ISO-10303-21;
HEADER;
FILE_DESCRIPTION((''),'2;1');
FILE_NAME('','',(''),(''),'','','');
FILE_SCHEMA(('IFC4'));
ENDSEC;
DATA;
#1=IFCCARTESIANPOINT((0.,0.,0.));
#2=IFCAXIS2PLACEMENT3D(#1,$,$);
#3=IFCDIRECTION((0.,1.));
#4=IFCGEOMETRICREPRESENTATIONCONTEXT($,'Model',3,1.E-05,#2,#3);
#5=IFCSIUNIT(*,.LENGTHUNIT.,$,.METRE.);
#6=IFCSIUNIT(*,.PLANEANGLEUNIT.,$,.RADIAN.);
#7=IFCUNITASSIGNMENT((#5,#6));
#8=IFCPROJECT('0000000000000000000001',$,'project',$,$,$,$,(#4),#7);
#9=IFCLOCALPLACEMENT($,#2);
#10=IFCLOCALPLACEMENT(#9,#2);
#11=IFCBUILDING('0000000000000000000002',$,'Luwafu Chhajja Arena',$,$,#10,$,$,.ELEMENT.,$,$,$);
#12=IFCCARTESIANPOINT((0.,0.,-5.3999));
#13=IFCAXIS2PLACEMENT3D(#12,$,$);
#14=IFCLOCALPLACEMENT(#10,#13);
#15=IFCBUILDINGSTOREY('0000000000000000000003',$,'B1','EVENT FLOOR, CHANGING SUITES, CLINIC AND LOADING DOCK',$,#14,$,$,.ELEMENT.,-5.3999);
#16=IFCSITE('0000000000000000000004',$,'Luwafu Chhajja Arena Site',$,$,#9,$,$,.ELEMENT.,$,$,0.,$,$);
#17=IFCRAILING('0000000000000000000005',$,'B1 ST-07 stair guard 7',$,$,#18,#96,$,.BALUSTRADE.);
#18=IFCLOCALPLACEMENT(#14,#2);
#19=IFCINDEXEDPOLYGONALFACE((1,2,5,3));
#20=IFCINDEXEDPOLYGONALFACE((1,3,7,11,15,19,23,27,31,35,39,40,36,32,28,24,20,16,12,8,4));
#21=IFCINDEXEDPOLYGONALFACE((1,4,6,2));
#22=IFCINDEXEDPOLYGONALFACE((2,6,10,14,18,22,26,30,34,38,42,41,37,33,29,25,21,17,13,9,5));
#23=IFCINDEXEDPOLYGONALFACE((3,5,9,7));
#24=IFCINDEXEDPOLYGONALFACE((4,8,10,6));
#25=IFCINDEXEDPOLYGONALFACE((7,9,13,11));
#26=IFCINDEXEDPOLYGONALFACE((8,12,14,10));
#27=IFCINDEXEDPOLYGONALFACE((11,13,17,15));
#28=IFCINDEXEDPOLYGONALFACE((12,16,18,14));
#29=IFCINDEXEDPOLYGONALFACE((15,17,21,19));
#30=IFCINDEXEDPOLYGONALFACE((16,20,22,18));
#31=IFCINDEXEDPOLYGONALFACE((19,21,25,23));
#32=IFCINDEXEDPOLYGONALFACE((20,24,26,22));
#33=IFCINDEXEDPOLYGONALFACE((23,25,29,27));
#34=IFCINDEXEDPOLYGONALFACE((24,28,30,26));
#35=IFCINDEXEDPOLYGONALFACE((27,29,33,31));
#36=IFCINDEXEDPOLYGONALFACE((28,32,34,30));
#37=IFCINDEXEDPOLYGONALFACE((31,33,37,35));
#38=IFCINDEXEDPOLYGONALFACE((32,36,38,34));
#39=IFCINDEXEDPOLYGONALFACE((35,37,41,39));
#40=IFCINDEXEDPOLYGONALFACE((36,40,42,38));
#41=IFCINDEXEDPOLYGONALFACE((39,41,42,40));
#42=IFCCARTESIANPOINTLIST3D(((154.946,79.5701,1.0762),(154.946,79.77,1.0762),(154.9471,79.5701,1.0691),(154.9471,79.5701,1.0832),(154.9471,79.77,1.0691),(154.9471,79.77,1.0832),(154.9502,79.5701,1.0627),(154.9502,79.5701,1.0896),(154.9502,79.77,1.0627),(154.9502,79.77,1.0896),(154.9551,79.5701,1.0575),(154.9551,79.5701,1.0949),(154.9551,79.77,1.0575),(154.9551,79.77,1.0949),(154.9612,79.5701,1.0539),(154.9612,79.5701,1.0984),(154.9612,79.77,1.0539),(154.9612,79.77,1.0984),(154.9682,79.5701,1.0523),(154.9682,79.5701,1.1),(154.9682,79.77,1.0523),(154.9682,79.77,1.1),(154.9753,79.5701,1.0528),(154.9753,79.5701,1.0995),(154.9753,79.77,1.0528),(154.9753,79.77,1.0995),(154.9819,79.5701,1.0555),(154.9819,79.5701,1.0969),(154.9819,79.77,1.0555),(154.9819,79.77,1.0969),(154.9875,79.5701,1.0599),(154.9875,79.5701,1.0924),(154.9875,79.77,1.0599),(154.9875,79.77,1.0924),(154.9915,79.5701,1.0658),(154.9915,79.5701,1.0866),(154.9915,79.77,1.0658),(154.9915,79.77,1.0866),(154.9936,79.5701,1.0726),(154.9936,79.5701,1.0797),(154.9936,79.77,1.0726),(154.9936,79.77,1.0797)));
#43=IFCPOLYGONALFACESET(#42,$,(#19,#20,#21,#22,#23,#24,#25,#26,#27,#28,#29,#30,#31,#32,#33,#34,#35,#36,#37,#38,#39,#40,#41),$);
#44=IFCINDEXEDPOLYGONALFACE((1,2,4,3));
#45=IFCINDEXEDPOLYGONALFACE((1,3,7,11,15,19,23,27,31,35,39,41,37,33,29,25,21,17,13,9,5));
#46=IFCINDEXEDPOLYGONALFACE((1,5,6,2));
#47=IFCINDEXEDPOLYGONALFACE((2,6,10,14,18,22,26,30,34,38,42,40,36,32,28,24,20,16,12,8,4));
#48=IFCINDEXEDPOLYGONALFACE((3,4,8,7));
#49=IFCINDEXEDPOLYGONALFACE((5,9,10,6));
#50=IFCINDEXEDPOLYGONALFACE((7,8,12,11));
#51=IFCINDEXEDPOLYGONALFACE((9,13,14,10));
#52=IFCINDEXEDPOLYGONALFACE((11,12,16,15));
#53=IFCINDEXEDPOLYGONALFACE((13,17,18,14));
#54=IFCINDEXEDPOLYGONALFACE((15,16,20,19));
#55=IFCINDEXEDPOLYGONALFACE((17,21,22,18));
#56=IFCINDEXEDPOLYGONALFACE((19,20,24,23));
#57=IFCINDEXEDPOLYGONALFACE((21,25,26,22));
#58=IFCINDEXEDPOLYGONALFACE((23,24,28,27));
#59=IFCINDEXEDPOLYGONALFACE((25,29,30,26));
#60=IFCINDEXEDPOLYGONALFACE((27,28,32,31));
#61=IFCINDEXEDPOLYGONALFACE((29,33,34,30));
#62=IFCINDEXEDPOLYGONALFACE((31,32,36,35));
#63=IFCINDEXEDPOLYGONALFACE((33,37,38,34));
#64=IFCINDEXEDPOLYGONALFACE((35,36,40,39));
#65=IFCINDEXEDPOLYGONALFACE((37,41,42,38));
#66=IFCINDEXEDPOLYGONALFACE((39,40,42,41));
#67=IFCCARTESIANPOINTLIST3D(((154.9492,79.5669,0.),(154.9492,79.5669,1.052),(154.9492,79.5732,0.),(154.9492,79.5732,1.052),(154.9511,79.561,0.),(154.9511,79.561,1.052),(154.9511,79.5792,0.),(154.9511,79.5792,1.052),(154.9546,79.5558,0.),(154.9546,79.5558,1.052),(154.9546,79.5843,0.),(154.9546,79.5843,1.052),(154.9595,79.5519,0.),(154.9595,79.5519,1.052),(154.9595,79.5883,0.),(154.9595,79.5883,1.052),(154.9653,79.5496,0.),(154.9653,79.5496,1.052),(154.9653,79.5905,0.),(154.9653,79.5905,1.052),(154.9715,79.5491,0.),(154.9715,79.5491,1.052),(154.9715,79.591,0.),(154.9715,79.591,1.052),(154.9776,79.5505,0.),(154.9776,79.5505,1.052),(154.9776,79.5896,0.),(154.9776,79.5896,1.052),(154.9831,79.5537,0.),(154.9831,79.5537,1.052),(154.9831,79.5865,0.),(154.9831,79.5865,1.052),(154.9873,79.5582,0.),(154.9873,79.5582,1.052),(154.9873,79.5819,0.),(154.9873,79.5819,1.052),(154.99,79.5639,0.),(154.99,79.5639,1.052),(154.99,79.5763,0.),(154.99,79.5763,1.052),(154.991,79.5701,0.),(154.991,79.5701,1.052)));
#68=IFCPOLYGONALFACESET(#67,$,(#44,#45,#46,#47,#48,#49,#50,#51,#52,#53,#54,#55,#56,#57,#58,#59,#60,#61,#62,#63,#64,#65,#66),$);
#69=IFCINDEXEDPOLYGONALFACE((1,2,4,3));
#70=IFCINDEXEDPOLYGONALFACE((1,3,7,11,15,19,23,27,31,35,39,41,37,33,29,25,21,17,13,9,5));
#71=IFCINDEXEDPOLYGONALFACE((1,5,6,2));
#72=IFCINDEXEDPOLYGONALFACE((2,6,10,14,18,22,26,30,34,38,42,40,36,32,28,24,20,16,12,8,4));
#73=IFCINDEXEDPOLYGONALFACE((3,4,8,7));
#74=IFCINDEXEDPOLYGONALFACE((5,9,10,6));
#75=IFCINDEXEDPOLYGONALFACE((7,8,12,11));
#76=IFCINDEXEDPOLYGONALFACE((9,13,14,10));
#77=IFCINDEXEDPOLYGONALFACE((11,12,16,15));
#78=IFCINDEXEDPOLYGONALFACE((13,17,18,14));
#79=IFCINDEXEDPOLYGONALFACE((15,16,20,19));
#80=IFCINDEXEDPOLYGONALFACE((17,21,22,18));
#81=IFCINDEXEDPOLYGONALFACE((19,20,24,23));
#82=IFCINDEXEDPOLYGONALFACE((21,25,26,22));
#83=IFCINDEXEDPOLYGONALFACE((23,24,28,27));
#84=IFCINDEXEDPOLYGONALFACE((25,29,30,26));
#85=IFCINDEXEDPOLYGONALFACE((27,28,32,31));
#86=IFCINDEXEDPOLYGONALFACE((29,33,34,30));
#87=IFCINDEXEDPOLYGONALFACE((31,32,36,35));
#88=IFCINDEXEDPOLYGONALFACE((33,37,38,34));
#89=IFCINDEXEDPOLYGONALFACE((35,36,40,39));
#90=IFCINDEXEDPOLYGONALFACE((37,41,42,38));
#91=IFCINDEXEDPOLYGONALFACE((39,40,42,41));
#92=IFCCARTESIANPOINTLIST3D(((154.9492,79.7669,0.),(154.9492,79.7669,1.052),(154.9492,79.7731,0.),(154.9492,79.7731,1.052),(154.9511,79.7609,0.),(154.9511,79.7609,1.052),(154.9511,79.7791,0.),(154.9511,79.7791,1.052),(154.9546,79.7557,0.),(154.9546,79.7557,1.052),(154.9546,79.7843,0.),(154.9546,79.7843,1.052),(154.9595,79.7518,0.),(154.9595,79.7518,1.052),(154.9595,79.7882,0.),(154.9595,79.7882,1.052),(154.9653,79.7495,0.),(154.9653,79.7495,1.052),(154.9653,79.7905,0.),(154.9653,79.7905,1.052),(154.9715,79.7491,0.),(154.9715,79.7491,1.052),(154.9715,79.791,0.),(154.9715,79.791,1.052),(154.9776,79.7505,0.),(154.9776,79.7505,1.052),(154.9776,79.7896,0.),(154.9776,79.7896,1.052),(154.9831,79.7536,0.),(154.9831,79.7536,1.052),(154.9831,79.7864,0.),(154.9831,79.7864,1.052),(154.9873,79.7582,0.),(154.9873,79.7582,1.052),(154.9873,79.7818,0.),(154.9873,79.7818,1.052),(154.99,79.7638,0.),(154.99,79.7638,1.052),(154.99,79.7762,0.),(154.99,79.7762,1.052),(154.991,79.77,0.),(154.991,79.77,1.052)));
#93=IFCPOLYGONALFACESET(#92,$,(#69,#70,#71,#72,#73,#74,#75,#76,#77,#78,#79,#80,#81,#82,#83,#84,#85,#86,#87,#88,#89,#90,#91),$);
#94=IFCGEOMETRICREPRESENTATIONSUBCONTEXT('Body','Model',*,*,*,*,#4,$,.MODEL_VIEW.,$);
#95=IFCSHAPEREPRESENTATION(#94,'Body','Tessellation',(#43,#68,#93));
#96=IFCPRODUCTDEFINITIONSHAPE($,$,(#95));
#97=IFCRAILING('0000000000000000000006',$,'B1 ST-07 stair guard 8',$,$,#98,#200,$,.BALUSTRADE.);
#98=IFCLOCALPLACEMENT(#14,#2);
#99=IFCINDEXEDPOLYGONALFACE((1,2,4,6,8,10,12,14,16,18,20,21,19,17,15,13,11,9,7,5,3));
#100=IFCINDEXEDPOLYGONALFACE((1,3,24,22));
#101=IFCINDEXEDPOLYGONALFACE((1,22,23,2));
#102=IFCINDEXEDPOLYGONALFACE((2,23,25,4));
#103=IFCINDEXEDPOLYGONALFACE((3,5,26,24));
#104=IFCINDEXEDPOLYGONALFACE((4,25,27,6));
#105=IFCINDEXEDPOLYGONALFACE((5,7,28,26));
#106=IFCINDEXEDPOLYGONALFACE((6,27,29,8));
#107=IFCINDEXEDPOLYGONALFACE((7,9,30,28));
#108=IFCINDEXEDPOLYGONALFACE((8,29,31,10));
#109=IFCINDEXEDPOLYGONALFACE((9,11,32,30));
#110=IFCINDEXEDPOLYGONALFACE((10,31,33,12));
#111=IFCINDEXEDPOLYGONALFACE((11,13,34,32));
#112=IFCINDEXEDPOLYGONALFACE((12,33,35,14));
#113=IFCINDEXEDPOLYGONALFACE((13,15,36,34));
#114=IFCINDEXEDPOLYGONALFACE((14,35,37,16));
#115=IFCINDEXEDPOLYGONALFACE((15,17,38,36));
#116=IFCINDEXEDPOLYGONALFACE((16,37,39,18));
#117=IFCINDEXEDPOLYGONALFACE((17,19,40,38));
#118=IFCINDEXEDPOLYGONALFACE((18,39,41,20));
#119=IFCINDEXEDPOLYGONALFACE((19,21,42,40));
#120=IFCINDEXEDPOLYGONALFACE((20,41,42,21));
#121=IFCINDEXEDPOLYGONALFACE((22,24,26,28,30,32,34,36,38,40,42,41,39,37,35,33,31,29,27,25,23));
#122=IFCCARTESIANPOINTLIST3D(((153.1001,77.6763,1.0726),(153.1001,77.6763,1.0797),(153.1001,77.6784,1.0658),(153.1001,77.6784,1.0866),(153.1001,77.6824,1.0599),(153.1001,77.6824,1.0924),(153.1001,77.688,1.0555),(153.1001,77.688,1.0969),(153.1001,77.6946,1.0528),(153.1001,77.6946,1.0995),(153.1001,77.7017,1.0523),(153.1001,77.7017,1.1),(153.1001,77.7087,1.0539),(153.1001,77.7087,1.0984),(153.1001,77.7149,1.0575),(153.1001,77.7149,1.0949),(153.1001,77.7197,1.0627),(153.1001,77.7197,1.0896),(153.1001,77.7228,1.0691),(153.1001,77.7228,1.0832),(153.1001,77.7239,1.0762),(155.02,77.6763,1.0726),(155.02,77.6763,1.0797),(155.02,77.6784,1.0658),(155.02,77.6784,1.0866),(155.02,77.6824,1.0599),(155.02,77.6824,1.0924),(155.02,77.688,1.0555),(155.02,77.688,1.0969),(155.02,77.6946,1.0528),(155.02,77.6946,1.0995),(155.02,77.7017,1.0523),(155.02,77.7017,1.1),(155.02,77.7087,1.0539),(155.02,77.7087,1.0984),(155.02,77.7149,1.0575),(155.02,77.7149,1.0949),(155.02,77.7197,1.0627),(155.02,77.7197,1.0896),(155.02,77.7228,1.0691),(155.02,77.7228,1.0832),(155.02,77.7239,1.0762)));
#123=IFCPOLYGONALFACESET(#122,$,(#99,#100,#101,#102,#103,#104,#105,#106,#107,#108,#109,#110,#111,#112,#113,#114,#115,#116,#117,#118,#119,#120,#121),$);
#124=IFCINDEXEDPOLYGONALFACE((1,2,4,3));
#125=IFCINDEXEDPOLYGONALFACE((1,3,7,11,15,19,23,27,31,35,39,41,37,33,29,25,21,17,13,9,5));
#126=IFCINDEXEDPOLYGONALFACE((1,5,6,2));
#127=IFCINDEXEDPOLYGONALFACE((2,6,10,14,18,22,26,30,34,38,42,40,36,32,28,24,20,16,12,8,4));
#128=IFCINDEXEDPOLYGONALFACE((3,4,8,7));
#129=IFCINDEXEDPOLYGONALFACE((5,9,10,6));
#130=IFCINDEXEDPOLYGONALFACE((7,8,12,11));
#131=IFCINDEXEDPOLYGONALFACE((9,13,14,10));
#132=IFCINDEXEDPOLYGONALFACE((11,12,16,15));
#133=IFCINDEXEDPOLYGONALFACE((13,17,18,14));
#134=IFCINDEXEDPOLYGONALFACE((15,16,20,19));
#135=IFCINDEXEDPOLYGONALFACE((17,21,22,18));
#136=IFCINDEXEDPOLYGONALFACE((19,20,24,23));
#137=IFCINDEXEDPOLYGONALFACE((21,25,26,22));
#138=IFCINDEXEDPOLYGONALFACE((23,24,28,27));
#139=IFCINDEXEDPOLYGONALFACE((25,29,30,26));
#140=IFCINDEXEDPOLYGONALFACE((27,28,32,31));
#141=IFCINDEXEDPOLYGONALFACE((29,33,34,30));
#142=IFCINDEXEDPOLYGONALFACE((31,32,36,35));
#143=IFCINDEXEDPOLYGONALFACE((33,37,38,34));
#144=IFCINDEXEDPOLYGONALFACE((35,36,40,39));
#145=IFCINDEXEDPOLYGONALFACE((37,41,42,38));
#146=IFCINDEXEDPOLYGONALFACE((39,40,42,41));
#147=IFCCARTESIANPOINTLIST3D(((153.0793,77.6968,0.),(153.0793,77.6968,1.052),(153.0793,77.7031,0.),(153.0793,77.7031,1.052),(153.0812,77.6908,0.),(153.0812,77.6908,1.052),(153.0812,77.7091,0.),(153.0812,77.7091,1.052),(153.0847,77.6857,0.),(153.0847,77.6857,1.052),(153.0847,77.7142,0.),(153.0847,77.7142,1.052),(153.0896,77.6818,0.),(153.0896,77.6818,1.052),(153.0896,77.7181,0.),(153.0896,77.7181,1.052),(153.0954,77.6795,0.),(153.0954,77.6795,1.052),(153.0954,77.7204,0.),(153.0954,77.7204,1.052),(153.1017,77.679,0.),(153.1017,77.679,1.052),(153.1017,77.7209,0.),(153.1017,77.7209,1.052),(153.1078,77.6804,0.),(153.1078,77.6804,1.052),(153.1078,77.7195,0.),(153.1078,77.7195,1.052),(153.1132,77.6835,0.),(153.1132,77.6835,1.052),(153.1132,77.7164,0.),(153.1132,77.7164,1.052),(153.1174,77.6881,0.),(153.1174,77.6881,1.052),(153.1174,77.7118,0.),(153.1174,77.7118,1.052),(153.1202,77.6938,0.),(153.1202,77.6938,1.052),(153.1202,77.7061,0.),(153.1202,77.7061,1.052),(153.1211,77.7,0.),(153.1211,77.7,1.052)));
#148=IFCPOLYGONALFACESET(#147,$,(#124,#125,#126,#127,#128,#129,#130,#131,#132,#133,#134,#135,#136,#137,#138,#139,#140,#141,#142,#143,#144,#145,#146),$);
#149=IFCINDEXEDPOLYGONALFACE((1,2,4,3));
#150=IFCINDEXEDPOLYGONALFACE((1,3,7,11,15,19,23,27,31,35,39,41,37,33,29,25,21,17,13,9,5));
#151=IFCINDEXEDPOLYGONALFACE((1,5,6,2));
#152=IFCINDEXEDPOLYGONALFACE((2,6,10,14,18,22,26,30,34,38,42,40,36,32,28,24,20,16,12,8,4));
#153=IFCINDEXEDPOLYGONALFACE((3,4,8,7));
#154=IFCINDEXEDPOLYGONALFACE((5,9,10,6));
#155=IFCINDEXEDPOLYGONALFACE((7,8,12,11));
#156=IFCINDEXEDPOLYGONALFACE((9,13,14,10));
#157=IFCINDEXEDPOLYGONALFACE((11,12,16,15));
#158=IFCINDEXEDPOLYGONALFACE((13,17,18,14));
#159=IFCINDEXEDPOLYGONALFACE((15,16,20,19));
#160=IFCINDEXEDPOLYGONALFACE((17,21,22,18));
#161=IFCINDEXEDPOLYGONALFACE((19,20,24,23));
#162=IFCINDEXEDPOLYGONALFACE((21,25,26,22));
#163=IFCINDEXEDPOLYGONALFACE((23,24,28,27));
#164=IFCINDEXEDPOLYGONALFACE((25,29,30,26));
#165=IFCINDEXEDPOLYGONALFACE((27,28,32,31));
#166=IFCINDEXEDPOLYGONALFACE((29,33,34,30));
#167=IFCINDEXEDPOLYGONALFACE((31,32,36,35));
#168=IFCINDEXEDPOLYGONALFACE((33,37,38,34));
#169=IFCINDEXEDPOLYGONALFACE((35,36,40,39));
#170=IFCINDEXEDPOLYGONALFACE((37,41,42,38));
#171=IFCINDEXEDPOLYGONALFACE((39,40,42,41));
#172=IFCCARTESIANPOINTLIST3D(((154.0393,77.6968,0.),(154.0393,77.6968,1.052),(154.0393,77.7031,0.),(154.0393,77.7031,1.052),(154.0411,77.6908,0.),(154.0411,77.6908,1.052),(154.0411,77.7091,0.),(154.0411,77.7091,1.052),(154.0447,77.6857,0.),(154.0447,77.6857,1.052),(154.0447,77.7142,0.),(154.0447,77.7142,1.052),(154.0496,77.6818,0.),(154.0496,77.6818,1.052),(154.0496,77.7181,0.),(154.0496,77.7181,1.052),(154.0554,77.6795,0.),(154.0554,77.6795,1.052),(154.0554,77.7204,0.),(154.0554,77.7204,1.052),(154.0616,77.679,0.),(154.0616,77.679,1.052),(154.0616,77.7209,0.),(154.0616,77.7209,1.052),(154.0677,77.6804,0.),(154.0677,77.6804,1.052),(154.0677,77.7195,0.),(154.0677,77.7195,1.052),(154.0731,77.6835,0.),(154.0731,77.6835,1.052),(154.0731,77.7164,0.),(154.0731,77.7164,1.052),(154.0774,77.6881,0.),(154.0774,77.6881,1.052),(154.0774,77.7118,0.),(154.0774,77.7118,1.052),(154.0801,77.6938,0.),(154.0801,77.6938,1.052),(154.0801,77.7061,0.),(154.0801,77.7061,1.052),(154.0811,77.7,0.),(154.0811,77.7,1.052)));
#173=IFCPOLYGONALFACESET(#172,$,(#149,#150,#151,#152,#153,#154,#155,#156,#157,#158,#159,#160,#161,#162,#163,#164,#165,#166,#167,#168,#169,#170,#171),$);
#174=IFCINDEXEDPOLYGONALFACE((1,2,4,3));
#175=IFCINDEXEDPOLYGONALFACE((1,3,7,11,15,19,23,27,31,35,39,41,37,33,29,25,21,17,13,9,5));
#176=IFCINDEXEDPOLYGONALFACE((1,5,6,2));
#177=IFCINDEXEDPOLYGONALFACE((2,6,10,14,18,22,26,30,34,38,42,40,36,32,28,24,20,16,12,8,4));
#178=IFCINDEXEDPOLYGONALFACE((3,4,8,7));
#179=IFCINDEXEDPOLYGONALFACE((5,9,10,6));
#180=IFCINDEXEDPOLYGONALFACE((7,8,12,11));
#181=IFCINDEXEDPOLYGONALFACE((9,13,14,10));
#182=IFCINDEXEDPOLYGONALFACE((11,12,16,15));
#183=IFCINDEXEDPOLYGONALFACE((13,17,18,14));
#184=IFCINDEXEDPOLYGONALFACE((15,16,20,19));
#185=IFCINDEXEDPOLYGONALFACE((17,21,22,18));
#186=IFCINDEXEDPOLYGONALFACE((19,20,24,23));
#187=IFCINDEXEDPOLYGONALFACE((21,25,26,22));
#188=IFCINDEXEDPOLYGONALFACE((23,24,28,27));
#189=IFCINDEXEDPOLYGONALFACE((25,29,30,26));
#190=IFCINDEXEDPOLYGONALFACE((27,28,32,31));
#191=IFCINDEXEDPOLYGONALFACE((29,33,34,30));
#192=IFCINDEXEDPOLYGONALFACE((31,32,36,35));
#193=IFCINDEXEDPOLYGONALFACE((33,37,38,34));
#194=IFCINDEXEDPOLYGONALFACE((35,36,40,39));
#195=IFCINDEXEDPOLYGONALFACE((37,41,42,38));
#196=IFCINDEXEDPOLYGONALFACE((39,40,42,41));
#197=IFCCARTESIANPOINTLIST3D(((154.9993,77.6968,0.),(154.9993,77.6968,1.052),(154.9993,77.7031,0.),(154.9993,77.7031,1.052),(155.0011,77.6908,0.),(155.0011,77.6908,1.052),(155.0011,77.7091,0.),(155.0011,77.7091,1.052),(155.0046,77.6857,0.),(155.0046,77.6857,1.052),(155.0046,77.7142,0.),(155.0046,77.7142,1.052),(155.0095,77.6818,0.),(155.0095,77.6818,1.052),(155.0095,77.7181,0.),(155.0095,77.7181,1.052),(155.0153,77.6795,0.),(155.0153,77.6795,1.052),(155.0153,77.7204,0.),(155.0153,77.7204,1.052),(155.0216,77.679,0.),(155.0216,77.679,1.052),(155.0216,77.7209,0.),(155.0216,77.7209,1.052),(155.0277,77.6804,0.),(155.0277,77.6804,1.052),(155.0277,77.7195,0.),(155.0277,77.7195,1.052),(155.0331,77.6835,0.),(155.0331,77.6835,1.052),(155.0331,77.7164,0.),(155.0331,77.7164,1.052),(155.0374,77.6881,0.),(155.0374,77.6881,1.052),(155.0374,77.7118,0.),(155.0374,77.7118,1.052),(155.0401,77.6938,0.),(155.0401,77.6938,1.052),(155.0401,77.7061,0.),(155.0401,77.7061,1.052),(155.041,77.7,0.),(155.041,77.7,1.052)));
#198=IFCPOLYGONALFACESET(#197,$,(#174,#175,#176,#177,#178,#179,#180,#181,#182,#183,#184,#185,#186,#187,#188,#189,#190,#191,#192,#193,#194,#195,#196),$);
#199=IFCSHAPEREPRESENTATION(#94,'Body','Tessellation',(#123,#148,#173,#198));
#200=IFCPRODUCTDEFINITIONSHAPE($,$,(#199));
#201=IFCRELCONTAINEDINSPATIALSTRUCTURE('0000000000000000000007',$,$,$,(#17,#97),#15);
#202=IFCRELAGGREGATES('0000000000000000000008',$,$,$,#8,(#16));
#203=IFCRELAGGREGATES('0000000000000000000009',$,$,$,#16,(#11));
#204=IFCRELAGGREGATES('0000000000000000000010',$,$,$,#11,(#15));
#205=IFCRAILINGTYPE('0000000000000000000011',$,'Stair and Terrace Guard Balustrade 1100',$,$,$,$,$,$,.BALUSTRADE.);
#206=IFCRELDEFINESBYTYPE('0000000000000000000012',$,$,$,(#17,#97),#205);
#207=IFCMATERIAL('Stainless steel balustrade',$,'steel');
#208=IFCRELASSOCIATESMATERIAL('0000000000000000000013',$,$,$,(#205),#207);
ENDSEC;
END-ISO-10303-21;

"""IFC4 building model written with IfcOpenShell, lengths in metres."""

from ifc_helpers import new_model, si_unit, direction, frame, origin, origin_2d, place, context, subcontext, project, spatial, circle, extrude, material, type_object, element, save


model = new_model("IFC4")

# Units and contexts
model_context = context("Model", 3, precision=1e-05, world=origin(), true_north=direction((0.0, 1.0)))
body_context = subcontext(model_context, "Body", "Model", "MODEL_VIEW")
ifc_project = project(units=[si_unit("LENGTHUNIT", "METRE"), si_unit("PLANEANGLEUNIT", "RADIAN")], contexts=[model_context])

# Site, building, storey
site_placement = place(None, origin())
site = spatial("IfcSite", under=ifc_project, at=site_placement, Name="Luwafu Chhajja Arena Site", CompositionType="ELEMENT", RefElevation=0.0)
building_placement = place(site_placement, origin())
building = spatial("IfcBuilding", under=site, at=building_placement, Name="Luwafu Chhajja Arena", CompositionType="ELEMENT")
storey_placement = place(building_placement, frame((0.0, 0.0, -5.3999)))
storey = spatial("IfcBuildingStorey", under=building, at=storey_placement, Name="B1", Description="EVENT FLOOR, CHANGING SUITES, CLINIC AND LOADING DOCK", CompositionType="ELEMENT", Elevation=-5.3999)

# Railings
ifc_material_1 = material(Name="Stainless steel balustrade", Category="steel")
railing_type_1 = type_object("IfcRailingType", Name="Stair and Terrace Guard Balustrade 1100", PredefinedType="BALUSTRADE", material=ifc_material_1)
railing_1_placement = place(storey_placement, frame((154.97, 79.5701, 0.0)))
element("IfcRailing", 1, at=railing_1_placement, inside=storey, type_object=railing_type_1, Name="B1 ST-07 stair guard 7", PredefinedType="BALUSTRADE", context=body_context, shape_type="SweptSolid", body=[
    extrude(circle(Radius=0.0239, at=origin_2d()), frame((0.0, 0.0, 1.0762), z_axis=(0.0, 1.0, 0.0), x_axis=(-1.0, 0.0, 0.0)), (0.0, 0.0, 1.0), 0.2),
    extrude(circle(Radius=0.021, at=origin_2d()), origin(), (0.0, 0.0, 1.0), 1.052),
    extrude(circle(Radius=0.021, at=origin_2d()), frame((0.0, 0.2, 0.0)), (0.0, 0.0, 1.0), 1.052),
])
for number, where, name in (
    (2, (153.1001, 77.7, 0.0), "B1 ST-07 stair guard 8"),
):
    element("IfcRailing", number, at=place(storey_placement, frame(where)), inside=storey, type_object=railing_type_1, Name=name, PredefinedType="BALUSTRADE", context=body_context, shape_type="SweptSolid", body=[
        extrude(circle(Radius=0.0239, at=origin_2d()), frame((0.0, 0.0, 1.0762), z_axis=(1.0, 0.0, 0.0), x_axis=(0.0, 1.0, 0.0)), (0.0, 0.0, 1.0), 1.9199),
        extrude(circle(Radius=0.021, at=origin_2d()), origin(), (0.0, 0.0, 1.0), 1.052),
        extrude(circle(Radius=0.021, at=origin_2d()), frame((0.96, 0.0, 0.0)), (0.0, 0.0, 1.0), 1.052),
        extrude(circle(Radius=0.021, at=origin_2d()), frame((1.9199, 0.0, 0.0)), (0.0, 0.0, 1.0), 1.052),
    ])

save(model, "model.ifc")
